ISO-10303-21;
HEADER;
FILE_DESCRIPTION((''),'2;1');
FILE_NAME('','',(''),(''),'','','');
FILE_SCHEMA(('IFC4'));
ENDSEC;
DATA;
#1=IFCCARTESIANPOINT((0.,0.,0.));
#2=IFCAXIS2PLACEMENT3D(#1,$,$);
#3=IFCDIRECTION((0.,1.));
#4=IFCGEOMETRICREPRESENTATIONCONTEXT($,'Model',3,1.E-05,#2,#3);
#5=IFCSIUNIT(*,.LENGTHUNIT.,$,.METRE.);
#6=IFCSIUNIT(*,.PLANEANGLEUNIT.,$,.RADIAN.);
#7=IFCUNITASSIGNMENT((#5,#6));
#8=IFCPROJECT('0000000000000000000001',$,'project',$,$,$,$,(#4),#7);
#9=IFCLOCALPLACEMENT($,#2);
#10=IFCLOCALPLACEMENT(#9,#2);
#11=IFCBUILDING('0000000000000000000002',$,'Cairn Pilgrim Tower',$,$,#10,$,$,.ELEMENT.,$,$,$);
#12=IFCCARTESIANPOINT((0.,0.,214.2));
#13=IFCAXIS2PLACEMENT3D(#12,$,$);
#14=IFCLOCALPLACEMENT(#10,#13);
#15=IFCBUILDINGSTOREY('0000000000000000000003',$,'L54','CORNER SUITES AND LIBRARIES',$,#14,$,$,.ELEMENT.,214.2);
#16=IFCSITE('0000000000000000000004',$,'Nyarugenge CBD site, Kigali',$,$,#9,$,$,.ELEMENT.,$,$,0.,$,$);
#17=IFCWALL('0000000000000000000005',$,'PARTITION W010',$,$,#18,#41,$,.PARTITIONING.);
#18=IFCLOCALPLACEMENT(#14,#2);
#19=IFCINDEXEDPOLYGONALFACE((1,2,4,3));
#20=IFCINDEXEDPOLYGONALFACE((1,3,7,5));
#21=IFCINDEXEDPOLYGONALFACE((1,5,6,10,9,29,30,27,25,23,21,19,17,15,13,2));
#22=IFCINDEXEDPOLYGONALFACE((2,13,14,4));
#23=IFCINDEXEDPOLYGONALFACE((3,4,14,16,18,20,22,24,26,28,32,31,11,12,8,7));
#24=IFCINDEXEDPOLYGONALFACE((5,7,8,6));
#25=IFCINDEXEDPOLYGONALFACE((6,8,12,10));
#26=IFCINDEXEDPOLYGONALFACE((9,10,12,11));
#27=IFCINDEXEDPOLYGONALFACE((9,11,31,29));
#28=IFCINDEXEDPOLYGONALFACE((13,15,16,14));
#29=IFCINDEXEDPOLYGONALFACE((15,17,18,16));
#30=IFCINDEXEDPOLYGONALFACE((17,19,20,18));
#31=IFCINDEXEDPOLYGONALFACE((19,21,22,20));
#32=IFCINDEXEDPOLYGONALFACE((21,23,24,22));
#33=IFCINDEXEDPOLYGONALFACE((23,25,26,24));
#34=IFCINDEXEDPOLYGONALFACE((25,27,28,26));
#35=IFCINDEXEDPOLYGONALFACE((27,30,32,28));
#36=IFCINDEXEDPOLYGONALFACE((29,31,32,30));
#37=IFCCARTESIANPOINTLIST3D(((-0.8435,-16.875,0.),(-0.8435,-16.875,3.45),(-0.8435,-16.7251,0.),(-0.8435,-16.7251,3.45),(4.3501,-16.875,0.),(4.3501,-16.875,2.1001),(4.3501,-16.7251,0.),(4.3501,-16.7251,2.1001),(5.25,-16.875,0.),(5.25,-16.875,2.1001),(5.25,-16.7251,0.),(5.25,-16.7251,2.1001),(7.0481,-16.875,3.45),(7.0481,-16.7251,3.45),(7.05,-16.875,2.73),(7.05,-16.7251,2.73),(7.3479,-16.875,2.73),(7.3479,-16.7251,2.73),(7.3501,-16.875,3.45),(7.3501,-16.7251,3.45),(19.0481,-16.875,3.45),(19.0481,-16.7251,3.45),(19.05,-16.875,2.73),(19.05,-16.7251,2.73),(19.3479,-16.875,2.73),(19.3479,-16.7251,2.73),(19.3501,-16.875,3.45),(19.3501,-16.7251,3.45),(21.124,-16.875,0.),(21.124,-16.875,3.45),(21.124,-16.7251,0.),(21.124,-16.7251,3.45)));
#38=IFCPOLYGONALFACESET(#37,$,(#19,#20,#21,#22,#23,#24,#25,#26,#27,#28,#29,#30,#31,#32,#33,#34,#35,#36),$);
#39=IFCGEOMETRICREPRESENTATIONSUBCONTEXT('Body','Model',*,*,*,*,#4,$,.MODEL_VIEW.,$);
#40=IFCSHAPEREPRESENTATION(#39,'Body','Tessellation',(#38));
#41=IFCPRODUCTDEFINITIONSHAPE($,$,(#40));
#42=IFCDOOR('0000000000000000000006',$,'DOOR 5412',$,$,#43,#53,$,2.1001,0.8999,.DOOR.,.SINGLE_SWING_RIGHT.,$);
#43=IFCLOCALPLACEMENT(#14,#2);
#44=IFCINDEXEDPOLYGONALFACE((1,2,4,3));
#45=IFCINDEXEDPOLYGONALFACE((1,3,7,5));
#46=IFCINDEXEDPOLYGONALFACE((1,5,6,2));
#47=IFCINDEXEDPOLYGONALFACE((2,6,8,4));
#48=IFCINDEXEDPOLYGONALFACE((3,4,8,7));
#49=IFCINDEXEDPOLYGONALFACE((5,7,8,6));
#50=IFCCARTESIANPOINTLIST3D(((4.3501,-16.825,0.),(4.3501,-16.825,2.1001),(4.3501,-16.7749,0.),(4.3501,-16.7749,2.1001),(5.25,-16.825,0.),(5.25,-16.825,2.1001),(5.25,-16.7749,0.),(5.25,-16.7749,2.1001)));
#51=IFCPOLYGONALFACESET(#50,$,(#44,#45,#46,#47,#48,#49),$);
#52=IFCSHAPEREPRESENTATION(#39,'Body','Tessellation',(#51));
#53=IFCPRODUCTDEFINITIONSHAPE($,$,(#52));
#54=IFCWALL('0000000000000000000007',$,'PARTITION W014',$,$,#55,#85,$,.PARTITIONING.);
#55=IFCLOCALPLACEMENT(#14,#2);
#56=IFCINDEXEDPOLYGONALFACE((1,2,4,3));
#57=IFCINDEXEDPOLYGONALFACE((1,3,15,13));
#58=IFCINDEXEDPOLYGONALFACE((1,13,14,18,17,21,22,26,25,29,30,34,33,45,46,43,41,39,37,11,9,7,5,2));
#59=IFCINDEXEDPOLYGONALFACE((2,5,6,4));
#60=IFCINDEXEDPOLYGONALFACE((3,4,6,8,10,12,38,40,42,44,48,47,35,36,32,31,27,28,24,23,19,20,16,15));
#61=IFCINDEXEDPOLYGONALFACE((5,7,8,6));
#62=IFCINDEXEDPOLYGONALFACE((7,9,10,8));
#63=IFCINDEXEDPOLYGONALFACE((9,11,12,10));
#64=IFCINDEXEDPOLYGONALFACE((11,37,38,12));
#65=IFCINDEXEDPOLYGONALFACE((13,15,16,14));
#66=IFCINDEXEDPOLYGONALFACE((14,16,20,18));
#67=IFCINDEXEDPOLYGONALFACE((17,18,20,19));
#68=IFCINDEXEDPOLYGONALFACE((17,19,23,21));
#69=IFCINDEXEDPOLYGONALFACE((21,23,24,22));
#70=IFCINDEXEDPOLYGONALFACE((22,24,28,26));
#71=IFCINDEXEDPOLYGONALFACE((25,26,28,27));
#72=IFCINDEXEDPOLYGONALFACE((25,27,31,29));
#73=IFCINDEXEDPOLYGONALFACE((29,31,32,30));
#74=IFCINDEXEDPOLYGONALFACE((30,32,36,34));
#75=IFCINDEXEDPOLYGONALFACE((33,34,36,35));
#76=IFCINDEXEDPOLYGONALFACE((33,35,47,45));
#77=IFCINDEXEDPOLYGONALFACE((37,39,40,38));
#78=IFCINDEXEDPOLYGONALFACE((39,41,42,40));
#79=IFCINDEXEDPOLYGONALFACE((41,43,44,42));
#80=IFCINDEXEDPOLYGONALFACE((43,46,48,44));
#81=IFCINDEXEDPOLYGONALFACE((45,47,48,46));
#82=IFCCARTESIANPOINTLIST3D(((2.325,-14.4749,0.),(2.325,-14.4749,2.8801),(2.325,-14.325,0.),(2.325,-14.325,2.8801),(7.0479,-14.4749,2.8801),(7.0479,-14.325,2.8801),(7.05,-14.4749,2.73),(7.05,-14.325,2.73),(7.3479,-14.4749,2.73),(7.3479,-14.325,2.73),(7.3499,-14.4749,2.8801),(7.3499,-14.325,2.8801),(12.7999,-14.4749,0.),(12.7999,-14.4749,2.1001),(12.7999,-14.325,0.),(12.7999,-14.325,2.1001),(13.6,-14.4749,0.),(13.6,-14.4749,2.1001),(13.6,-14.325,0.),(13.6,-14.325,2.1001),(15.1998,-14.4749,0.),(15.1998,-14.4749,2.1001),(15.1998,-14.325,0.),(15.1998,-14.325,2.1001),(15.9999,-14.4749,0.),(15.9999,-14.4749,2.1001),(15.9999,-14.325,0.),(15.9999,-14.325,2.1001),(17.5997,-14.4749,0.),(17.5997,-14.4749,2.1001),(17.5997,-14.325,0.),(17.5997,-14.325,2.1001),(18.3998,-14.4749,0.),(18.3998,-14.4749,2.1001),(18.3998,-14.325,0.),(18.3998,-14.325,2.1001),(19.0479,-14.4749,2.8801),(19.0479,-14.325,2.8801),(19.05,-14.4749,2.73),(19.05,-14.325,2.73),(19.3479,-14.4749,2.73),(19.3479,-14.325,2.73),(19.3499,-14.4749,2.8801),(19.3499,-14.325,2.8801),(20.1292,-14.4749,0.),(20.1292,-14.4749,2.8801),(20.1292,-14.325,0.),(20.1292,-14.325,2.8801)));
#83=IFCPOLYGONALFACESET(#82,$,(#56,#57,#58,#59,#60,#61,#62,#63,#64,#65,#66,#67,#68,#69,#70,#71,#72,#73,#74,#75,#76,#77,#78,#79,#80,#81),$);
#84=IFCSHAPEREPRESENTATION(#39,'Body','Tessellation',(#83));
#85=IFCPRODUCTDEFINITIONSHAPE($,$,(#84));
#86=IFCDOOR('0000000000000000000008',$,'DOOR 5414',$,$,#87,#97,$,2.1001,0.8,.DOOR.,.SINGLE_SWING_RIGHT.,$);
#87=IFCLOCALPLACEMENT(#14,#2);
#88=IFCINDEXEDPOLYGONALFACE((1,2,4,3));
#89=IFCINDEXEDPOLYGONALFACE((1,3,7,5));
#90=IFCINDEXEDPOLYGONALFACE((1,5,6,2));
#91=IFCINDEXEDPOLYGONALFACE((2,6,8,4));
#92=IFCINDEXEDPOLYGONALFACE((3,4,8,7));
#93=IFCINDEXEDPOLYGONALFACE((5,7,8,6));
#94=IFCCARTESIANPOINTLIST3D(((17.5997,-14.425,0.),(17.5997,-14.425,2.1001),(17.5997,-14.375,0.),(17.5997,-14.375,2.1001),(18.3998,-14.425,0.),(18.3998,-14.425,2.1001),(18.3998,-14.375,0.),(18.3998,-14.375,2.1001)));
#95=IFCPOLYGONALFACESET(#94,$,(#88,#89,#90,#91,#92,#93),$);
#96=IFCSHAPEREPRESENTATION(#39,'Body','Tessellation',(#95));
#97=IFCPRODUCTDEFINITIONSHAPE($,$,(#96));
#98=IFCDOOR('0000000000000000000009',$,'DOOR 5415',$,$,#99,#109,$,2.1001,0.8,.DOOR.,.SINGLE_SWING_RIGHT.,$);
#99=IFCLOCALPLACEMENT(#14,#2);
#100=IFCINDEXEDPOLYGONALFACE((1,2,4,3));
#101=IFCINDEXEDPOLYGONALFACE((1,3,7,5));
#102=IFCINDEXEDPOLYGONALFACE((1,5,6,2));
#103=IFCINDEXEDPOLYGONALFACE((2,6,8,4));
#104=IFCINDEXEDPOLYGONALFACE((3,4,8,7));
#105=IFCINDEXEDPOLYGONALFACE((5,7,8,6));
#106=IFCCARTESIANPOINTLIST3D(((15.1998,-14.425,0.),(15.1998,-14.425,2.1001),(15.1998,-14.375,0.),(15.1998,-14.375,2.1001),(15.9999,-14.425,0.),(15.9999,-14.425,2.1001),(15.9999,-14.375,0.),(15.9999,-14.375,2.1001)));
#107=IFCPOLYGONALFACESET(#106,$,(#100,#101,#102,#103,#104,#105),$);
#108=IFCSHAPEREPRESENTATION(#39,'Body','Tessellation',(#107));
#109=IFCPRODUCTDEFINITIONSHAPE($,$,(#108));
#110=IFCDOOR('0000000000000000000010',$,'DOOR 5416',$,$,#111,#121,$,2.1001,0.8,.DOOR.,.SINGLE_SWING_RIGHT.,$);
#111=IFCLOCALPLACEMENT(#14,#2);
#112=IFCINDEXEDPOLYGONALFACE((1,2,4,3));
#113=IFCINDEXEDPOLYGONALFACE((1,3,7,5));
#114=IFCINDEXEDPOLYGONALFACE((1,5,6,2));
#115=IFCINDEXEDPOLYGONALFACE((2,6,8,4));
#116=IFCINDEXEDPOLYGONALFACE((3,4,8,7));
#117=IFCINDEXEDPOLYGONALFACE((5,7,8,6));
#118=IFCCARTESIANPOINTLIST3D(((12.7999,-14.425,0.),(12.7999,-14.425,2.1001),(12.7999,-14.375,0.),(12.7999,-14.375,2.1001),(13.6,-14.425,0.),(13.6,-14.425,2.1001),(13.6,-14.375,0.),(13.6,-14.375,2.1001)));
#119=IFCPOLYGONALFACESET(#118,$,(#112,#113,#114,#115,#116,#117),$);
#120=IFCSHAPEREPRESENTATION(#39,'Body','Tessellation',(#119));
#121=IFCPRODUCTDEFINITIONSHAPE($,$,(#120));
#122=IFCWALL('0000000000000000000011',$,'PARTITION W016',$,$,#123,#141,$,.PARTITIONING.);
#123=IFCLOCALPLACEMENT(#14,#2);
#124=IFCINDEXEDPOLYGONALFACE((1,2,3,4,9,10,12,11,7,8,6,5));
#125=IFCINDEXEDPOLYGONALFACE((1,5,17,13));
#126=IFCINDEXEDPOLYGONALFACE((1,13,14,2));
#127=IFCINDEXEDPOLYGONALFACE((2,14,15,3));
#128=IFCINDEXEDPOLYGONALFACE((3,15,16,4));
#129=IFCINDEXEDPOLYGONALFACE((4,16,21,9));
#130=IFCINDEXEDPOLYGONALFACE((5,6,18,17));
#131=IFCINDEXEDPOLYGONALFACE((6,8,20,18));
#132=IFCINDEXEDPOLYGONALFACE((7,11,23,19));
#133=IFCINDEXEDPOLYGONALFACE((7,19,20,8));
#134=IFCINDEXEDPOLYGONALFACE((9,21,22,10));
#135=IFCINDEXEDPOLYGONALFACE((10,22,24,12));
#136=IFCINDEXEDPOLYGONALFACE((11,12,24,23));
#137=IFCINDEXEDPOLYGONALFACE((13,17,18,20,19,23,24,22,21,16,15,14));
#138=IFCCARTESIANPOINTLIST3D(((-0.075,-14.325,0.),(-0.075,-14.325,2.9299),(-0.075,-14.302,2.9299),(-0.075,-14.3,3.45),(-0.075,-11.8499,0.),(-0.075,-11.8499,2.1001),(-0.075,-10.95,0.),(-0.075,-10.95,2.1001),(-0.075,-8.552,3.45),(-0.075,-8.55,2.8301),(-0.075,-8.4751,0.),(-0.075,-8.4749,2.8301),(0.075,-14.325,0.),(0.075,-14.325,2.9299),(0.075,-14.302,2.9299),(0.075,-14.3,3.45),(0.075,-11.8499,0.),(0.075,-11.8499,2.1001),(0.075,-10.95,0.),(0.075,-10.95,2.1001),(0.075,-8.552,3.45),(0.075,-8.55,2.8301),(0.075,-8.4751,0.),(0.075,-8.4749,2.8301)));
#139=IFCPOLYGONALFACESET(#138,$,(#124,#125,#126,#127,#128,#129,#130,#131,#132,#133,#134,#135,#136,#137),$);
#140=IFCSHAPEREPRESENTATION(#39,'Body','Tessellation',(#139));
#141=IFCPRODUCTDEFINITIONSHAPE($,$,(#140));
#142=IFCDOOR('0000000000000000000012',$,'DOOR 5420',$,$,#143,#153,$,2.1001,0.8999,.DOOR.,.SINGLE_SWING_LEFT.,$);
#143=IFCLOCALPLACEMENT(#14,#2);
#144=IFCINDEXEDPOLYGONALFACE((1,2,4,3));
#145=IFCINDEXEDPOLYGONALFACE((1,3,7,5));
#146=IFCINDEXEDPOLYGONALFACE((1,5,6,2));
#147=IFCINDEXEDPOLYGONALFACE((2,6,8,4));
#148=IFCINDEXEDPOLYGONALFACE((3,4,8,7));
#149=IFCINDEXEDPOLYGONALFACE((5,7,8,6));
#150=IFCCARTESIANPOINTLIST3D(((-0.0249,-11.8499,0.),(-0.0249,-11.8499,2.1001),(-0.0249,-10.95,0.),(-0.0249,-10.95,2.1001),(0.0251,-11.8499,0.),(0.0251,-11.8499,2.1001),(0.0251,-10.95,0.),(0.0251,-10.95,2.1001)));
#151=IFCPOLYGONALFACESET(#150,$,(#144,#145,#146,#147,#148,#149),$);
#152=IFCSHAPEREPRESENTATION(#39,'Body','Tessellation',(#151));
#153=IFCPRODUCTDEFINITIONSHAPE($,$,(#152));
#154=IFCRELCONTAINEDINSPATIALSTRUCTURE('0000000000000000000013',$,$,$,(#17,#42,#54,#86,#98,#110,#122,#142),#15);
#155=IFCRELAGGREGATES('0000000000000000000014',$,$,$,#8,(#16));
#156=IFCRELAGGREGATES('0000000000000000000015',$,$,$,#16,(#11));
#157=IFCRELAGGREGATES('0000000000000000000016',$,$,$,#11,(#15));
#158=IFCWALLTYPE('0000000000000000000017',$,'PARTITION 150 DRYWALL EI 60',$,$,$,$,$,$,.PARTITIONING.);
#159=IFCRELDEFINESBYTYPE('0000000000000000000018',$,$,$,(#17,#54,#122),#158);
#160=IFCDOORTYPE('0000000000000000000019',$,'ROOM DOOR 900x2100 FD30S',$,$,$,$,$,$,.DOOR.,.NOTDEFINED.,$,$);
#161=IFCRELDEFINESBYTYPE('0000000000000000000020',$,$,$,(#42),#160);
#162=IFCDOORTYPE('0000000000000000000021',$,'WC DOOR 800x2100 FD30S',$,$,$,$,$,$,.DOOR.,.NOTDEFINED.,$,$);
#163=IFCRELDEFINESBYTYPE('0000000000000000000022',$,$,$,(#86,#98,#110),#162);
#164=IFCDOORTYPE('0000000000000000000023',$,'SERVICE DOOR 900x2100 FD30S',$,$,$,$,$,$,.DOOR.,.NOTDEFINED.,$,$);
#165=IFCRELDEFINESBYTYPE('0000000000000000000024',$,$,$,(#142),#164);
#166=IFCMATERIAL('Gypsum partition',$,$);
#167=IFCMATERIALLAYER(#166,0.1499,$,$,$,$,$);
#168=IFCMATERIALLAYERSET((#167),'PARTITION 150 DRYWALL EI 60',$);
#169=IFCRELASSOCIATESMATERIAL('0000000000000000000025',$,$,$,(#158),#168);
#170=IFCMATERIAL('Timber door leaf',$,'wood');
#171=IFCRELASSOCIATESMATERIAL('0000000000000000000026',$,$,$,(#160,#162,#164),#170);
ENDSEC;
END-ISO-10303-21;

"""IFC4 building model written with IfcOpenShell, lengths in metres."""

from ifc_helpers import new_model, si_unit, direction, frame, frame_2d, origin, place, context, subcontext, project, spatial, polyline, rectangle, outline, extrude, material, layer, layer_set, type_object, element, fill, save


model = new_model("IFC4")

# Units and contexts
model_context = context("Model", 3, precision=1e-05, world=origin(), true_north=direction((0.0, 1.0)))
body_context = subcontext(model_context, "Body", "Model", "MODEL_VIEW")
ifc_project = project(units=[si_unit("LENGTHUNIT", "METRE"), si_unit("PLANEANGLEUNIT", "RADIAN")], contexts=[model_context])

# Site, building, storey
site_placement = place(None, origin())
site = spatial("IfcSite", under=ifc_project, at=site_placement, Name="Nyarugenge CBD site, Kigali", CompositionType="ELEMENT", RefElevation=0.0)
building_placement = place(site_placement, origin())
building = spatial("IfcBuilding", under=site, at=building_placement, Name="Cairn Pilgrim Tower", CompositionType="ELEMENT")
storey_placement = place(building_placement, frame((0.0, 0.0, 214.2)))
storey = spatial("IfcBuildingStorey", under=building, at=storey_placement, Name="L54", Description="CORNER SUITES AND LIBRARIES", CompositionType="ELEMENT", Elevation=214.2)

# Wall, opening, door
ifc_material_1 = material(Name="Gypsum partition")
ifc_layer_1 = layer(ifc_material_1, 0.1499)
ifc_layer_set_1 = layer_set([ifc_layer_1], Name="PARTITION 150 DRYWALL EI 60")
wall_type_1 = type_object("IfcWallType", Name="PARTITION 150 DRYWALL EI 60", PredefinedType="PARTITIONING", material=ifc_layer_set_1)
wall_1_placement = place(storey_placement, frame((-0.8435, -16.8, 0.0), z_axis=(0.0, 0.0, 1.0), x_axis=(1.0, 0.0, 0.0)))
wall_1 = element("IfcWall", 1, at=wall_1_placement, inside=storey, type_object=wall_type_1, Name="PARTITION W010", PredefinedType="PARTITIONING", context=body_context, shape_type="SweptSolid", body=[
    extrude(outline(polyline([(0.0, 0.0), (21.9675, 0.0), (21.9675, 3.45), (20.1936, 3.45), (20.1914, 2.73), (19.8936, 2.73), (19.8916, 3.45), (8.1936, 3.45), (8.1914, 2.73), (7.8936, 2.73), (7.8916, 3.45), (0.0, 3.45), (0.0, 0.0)])), frame((0.0, 0.075, 0.0), z_axis=(0.0, -1.0, 0.0), x_axis=(1.0, 0.0, 0.0)), (0.0, 0.0, 1.0), 0.1499),
])
opening_1_placement = place(wall_1_placement, frame((5.1936, 0.0, 0.0)))
opening_1 = element("IfcOpeningElement", 2, at=opening_1_placement, cuts=wall_1, PredefinedType="OPENING", context=body_context, shape_type="SweptSolid", body=[
    extrude(rectangle(XDim=0.8999, YDim=2.1001, at=frame_2d((0.45, 1.05))), frame((0.0, 0.085, 0.0), z_axis=(0.0, -1.0, 0.0), x_axis=(1.0, 0.0, 0.0)), (0.0, 0.0, 1.0), 0.1699),
])
ifc_material_2 = material(Name="Timber door leaf", Category="wood")
door_type_1 = type_object("IfcDoorType", Name="ROOM DOOR 900x2100 FD30S", OperationType="NOTDEFINED", PredefinedType="DOOR", material=ifc_material_2)
door_1_placement = place(opening_1_placement, frame((0.8999, 0.0, 0.0), z_axis=(0.0, 0.0, 1.0), x_axis=(-1.0, 0.0, 0.0)))
door_1 = element("IfcDoor", 3, at=door_1_placement, inside=storey, type_object=door_type_1, Name="DOOR 5412", OperationType="SINGLE_SWING_RIGHT", OverallHeight=2.1001, OverallWidth=0.8999, PredefinedType="DOOR", context=body_context, shape_type="SweptSolid", body=[
    extrude(rectangle(XDim=0.8999, YDim=2.1001, at=frame_2d((0.45, 1.05))), frame((0.0, 0.0249, 0.0), z_axis=(0.0, -1.0, 0.0), x_axis=(1.0, 0.0, 0.0)), (0.0, 0.0, 1.0), 0.05),
])
fill(opening_1, door_1)

# Wall, openings, doors
wall_2_placement = place(storey_placement, frame((2.325, -14.3999, 0.0), z_axis=(0.0, 0.0, 1.0), x_axis=(1.0, 0.0, 0.0)))
wall_2 = element("IfcWall", 4, at=wall_2_placement, inside=storey, type_object=wall_type_1, Name="PARTITION W014", PredefinedType="PARTITIONING", context=body_context, shape_type="SweptSolid", body=[
    extrude(outline(polyline([(0.0, 0.0), (17.8042, 0.0), (17.8042, 2.8801), (17.0249, 2.8801), (17.0229, 2.73), (16.7251, 2.73), (16.7229, 2.8801), (5.0249, 2.8801), (5.0229, 2.73), (4.7251, 2.73), (4.7229, 2.8801), (0.0, 2.8801), (0.0, 0.0)])), frame((0.0, 0.075, 0.0), z_axis=(0.0, -1.0, 0.0), x_axis=(1.0, 0.0, 0.0)), (0.0, 0.0, 1.0), 0.1499),
])
opening_2_placement = place(wall_2_placement, frame((15.2749, 0.0, 0.0)))
opening_2 = element("IfcOpeningElement", 5, at=opening_2_placement, cuts=wall_2, PredefinedType="OPENING", context=body_context, shape_type="SweptSolid", body=[
    extrude(rectangle(XDim=0.8, YDim=2.1001, at=frame_2d((0.3999, 1.05))), frame((0.0, 0.085, 0.0), z_axis=(0.0, -1.0, 0.0), x_axis=(1.0, 0.0, 0.0)), (0.0, 0.0, 1.0), 0.1699),
])
opening_3_placement = place(wall_2_placement, frame((12.875, 0.0, 0.0)))
opening_3 = element("IfcOpeningElement", 6, at=opening_3_placement, cuts=wall_2, PredefinedType="OPENING", context=body_context, shape_type="SweptSolid", body=[
    extrude(rectangle(XDim=0.8, YDim=2.1001, at=frame_2d((0.3999, 1.05))), frame((0.0, 0.085, 0.0), z_axis=(0.0, -1.0, 0.0), x_axis=(1.0, 0.0, 0.0)), (0.0, 0.0, 1.0), 0.1699),
])
opening_4_placement = place(wall_2_placement, frame((10.4751, 0.0, 0.0)))
opening_4 = element("IfcOpeningElement", 7, at=opening_4_placement, cuts=wall_2, PredefinedType="OPENING", context=body_context, shape_type="SweptSolid", body=[
    extrude(rectangle(XDim=0.8, YDim=2.1001, at=frame_2d((0.3999, 1.05))), frame((0.0, 0.085, 0.0), z_axis=(0.0, -1.0, 0.0), x_axis=(1.0, 0.0, 0.0)), (0.0, 0.0, 1.0), 0.1699),
])
door_type_2 = type_object("IfcDoorType", Name="WC DOOR 800x2100 FD30S", OperationType="NOTDEFINED", PredefinedType="DOOR", material=ifc_material_2)
door_2_placement = place(opening_2_placement, origin())
door_2 = element("IfcDoor", 8, at=door_2_placement, inside=storey, type_object=door_type_2, Name="DOOR 5414", OperationType="SINGLE_SWING_RIGHT", OverallHeight=2.1001, OverallWidth=0.8, PredefinedType="DOOR", context=body_context, shape_type="SweptSolid", body=[
    extrude(rectangle(XDim=0.8, YDim=2.1001, at=frame_2d((0.3999, 1.05))), frame((0.0, 0.0249, 0.0), z_axis=(0.0, -1.0, 0.0), x_axis=(1.0, 0.0, 0.0)), (0.0, 0.0, 1.0), 0.05),
])
fill(opening_2, door_2)
door_3_placement = place(opening_3_placement, origin())
door_3 = element("IfcDoor", 9, at=door_3_placement, inside=storey, type_object=door_type_2, Name="DOOR 5415", OperationType="SINGLE_SWING_RIGHT", OverallHeight=2.1001, OverallWidth=0.8, PredefinedType="DOOR", context=body_context, shape_type="SweptSolid", body=[
    extrude(rectangle(XDim=0.8, YDim=2.1001, at=frame_2d((0.3999, 1.05))), frame((0.0, 0.0249, 0.0), z_axis=(0.0, -1.0, 0.0), x_axis=(1.0, 0.0, 0.0)), (0.0, 0.0, 1.0), 0.05),
])
fill(opening_3, door_3)
door_4_placement = place(opening_4_placement, origin())
door_4 = element("IfcDoor", 10, at=door_4_placement, inside=storey, type_object=door_type_2, Name="DOOR 5416", OperationType="SINGLE_SWING_RIGHT", OverallHeight=2.1001, OverallWidth=0.8, PredefinedType="DOOR", context=body_context, shape_type="SweptSolid", body=[
    extrude(rectangle(XDim=0.8, YDim=2.1001, at=frame_2d((0.3999, 1.05))), frame((0.0, 0.0249, 0.0), z_axis=(0.0, -1.0, 0.0), x_axis=(1.0, 0.0, 0.0)), (0.0, 0.0, 1.0), 0.05),
])
fill(opening_4, door_4)

# Wall, opening, door
wall_3_placement = place(storey_placement, frame((0.0, -14.325, 0.0), z_axis=(0.0, 0.0, 1.0), x_axis=(0.0, 1.0, 0.0)))
wall_3 = element("IfcWall", 11, at=wall_3_placement, inside=storey, type_object=wall_type_1, Name="PARTITION W016", PredefinedType="PARTITIONING", context=body_context, shape_type="SweptSolid", body=[
    extrude(outline(polyline([(0.0, 0.0), (5.8499, 0.0), (5.8501, 2.8301), (5.7749, 2.8301), (5.7729, 3.45), (0.0249, 3.45), (0.0229, 2.9299), (0.0, 2.9299), (0.0, 0.0)])), frame((0.0, 0.075, 0.0), z_axis=(0.0, -1.0, 0.0), x_axis=(1.0, 0.0, 0.0)), (0.0, 0.0, 1.0), 0.1499),
])
opening_5_placement = place(wall_3_placement, frame((2.4751, 0.0, 0.0)))
opening_5 = element("IfcOpeningElement", 12, at=opening_5_placement, cuts=wall_3, PredefinedType="OPENING", context=body_context, shape_type="SweptSolid", body=[
    extrude(rectangle(XDim=0.8999, YDim=2.1001, at=frame_2d((0.45, 1.05))), frame((0.0, 0.085, 0.0), z_axis=(0.0, -1.0, 0.0), x_axis=(1.0, 0.0, 0.0)), (0.0, 0.0, 1.0), 0.1699),
])
door_type_3 = type_object("IfcDoorType", Name="SERVICE DOOR 900x2100 FD30S", OperationType="NOTDEFINED", PredefinedType="DOOR", material=ifc_material_2)
door_5_placement = place(opening_5_placement, origin())
door_5 = element("IfcDoor", 13, at=door_5_placement, inside=storey, type_object=door_type_3, Name="DOOR 5420", OperationType="SINGLE_SWING_LEFT", OverallHeight=2.1001, OverallWidth=0.8999, PredefinedType="DOOR", context=body_context, shape_type="SweptSolid", body=[
    extrude(rectangle(XDim=0.8999, YDim=2.1001, at=frame_2d((0.45, 1.05))), frame((0.0, 0.0249, 0.0), z_axis=(0.0, -1.0, 0.0), x_axis=(1.0, 0.0, 0.0)), (0.0, 0.0, 1.0), 0.05),
])
fill(opening_5, door_5)

save(model, "model.ifc")
